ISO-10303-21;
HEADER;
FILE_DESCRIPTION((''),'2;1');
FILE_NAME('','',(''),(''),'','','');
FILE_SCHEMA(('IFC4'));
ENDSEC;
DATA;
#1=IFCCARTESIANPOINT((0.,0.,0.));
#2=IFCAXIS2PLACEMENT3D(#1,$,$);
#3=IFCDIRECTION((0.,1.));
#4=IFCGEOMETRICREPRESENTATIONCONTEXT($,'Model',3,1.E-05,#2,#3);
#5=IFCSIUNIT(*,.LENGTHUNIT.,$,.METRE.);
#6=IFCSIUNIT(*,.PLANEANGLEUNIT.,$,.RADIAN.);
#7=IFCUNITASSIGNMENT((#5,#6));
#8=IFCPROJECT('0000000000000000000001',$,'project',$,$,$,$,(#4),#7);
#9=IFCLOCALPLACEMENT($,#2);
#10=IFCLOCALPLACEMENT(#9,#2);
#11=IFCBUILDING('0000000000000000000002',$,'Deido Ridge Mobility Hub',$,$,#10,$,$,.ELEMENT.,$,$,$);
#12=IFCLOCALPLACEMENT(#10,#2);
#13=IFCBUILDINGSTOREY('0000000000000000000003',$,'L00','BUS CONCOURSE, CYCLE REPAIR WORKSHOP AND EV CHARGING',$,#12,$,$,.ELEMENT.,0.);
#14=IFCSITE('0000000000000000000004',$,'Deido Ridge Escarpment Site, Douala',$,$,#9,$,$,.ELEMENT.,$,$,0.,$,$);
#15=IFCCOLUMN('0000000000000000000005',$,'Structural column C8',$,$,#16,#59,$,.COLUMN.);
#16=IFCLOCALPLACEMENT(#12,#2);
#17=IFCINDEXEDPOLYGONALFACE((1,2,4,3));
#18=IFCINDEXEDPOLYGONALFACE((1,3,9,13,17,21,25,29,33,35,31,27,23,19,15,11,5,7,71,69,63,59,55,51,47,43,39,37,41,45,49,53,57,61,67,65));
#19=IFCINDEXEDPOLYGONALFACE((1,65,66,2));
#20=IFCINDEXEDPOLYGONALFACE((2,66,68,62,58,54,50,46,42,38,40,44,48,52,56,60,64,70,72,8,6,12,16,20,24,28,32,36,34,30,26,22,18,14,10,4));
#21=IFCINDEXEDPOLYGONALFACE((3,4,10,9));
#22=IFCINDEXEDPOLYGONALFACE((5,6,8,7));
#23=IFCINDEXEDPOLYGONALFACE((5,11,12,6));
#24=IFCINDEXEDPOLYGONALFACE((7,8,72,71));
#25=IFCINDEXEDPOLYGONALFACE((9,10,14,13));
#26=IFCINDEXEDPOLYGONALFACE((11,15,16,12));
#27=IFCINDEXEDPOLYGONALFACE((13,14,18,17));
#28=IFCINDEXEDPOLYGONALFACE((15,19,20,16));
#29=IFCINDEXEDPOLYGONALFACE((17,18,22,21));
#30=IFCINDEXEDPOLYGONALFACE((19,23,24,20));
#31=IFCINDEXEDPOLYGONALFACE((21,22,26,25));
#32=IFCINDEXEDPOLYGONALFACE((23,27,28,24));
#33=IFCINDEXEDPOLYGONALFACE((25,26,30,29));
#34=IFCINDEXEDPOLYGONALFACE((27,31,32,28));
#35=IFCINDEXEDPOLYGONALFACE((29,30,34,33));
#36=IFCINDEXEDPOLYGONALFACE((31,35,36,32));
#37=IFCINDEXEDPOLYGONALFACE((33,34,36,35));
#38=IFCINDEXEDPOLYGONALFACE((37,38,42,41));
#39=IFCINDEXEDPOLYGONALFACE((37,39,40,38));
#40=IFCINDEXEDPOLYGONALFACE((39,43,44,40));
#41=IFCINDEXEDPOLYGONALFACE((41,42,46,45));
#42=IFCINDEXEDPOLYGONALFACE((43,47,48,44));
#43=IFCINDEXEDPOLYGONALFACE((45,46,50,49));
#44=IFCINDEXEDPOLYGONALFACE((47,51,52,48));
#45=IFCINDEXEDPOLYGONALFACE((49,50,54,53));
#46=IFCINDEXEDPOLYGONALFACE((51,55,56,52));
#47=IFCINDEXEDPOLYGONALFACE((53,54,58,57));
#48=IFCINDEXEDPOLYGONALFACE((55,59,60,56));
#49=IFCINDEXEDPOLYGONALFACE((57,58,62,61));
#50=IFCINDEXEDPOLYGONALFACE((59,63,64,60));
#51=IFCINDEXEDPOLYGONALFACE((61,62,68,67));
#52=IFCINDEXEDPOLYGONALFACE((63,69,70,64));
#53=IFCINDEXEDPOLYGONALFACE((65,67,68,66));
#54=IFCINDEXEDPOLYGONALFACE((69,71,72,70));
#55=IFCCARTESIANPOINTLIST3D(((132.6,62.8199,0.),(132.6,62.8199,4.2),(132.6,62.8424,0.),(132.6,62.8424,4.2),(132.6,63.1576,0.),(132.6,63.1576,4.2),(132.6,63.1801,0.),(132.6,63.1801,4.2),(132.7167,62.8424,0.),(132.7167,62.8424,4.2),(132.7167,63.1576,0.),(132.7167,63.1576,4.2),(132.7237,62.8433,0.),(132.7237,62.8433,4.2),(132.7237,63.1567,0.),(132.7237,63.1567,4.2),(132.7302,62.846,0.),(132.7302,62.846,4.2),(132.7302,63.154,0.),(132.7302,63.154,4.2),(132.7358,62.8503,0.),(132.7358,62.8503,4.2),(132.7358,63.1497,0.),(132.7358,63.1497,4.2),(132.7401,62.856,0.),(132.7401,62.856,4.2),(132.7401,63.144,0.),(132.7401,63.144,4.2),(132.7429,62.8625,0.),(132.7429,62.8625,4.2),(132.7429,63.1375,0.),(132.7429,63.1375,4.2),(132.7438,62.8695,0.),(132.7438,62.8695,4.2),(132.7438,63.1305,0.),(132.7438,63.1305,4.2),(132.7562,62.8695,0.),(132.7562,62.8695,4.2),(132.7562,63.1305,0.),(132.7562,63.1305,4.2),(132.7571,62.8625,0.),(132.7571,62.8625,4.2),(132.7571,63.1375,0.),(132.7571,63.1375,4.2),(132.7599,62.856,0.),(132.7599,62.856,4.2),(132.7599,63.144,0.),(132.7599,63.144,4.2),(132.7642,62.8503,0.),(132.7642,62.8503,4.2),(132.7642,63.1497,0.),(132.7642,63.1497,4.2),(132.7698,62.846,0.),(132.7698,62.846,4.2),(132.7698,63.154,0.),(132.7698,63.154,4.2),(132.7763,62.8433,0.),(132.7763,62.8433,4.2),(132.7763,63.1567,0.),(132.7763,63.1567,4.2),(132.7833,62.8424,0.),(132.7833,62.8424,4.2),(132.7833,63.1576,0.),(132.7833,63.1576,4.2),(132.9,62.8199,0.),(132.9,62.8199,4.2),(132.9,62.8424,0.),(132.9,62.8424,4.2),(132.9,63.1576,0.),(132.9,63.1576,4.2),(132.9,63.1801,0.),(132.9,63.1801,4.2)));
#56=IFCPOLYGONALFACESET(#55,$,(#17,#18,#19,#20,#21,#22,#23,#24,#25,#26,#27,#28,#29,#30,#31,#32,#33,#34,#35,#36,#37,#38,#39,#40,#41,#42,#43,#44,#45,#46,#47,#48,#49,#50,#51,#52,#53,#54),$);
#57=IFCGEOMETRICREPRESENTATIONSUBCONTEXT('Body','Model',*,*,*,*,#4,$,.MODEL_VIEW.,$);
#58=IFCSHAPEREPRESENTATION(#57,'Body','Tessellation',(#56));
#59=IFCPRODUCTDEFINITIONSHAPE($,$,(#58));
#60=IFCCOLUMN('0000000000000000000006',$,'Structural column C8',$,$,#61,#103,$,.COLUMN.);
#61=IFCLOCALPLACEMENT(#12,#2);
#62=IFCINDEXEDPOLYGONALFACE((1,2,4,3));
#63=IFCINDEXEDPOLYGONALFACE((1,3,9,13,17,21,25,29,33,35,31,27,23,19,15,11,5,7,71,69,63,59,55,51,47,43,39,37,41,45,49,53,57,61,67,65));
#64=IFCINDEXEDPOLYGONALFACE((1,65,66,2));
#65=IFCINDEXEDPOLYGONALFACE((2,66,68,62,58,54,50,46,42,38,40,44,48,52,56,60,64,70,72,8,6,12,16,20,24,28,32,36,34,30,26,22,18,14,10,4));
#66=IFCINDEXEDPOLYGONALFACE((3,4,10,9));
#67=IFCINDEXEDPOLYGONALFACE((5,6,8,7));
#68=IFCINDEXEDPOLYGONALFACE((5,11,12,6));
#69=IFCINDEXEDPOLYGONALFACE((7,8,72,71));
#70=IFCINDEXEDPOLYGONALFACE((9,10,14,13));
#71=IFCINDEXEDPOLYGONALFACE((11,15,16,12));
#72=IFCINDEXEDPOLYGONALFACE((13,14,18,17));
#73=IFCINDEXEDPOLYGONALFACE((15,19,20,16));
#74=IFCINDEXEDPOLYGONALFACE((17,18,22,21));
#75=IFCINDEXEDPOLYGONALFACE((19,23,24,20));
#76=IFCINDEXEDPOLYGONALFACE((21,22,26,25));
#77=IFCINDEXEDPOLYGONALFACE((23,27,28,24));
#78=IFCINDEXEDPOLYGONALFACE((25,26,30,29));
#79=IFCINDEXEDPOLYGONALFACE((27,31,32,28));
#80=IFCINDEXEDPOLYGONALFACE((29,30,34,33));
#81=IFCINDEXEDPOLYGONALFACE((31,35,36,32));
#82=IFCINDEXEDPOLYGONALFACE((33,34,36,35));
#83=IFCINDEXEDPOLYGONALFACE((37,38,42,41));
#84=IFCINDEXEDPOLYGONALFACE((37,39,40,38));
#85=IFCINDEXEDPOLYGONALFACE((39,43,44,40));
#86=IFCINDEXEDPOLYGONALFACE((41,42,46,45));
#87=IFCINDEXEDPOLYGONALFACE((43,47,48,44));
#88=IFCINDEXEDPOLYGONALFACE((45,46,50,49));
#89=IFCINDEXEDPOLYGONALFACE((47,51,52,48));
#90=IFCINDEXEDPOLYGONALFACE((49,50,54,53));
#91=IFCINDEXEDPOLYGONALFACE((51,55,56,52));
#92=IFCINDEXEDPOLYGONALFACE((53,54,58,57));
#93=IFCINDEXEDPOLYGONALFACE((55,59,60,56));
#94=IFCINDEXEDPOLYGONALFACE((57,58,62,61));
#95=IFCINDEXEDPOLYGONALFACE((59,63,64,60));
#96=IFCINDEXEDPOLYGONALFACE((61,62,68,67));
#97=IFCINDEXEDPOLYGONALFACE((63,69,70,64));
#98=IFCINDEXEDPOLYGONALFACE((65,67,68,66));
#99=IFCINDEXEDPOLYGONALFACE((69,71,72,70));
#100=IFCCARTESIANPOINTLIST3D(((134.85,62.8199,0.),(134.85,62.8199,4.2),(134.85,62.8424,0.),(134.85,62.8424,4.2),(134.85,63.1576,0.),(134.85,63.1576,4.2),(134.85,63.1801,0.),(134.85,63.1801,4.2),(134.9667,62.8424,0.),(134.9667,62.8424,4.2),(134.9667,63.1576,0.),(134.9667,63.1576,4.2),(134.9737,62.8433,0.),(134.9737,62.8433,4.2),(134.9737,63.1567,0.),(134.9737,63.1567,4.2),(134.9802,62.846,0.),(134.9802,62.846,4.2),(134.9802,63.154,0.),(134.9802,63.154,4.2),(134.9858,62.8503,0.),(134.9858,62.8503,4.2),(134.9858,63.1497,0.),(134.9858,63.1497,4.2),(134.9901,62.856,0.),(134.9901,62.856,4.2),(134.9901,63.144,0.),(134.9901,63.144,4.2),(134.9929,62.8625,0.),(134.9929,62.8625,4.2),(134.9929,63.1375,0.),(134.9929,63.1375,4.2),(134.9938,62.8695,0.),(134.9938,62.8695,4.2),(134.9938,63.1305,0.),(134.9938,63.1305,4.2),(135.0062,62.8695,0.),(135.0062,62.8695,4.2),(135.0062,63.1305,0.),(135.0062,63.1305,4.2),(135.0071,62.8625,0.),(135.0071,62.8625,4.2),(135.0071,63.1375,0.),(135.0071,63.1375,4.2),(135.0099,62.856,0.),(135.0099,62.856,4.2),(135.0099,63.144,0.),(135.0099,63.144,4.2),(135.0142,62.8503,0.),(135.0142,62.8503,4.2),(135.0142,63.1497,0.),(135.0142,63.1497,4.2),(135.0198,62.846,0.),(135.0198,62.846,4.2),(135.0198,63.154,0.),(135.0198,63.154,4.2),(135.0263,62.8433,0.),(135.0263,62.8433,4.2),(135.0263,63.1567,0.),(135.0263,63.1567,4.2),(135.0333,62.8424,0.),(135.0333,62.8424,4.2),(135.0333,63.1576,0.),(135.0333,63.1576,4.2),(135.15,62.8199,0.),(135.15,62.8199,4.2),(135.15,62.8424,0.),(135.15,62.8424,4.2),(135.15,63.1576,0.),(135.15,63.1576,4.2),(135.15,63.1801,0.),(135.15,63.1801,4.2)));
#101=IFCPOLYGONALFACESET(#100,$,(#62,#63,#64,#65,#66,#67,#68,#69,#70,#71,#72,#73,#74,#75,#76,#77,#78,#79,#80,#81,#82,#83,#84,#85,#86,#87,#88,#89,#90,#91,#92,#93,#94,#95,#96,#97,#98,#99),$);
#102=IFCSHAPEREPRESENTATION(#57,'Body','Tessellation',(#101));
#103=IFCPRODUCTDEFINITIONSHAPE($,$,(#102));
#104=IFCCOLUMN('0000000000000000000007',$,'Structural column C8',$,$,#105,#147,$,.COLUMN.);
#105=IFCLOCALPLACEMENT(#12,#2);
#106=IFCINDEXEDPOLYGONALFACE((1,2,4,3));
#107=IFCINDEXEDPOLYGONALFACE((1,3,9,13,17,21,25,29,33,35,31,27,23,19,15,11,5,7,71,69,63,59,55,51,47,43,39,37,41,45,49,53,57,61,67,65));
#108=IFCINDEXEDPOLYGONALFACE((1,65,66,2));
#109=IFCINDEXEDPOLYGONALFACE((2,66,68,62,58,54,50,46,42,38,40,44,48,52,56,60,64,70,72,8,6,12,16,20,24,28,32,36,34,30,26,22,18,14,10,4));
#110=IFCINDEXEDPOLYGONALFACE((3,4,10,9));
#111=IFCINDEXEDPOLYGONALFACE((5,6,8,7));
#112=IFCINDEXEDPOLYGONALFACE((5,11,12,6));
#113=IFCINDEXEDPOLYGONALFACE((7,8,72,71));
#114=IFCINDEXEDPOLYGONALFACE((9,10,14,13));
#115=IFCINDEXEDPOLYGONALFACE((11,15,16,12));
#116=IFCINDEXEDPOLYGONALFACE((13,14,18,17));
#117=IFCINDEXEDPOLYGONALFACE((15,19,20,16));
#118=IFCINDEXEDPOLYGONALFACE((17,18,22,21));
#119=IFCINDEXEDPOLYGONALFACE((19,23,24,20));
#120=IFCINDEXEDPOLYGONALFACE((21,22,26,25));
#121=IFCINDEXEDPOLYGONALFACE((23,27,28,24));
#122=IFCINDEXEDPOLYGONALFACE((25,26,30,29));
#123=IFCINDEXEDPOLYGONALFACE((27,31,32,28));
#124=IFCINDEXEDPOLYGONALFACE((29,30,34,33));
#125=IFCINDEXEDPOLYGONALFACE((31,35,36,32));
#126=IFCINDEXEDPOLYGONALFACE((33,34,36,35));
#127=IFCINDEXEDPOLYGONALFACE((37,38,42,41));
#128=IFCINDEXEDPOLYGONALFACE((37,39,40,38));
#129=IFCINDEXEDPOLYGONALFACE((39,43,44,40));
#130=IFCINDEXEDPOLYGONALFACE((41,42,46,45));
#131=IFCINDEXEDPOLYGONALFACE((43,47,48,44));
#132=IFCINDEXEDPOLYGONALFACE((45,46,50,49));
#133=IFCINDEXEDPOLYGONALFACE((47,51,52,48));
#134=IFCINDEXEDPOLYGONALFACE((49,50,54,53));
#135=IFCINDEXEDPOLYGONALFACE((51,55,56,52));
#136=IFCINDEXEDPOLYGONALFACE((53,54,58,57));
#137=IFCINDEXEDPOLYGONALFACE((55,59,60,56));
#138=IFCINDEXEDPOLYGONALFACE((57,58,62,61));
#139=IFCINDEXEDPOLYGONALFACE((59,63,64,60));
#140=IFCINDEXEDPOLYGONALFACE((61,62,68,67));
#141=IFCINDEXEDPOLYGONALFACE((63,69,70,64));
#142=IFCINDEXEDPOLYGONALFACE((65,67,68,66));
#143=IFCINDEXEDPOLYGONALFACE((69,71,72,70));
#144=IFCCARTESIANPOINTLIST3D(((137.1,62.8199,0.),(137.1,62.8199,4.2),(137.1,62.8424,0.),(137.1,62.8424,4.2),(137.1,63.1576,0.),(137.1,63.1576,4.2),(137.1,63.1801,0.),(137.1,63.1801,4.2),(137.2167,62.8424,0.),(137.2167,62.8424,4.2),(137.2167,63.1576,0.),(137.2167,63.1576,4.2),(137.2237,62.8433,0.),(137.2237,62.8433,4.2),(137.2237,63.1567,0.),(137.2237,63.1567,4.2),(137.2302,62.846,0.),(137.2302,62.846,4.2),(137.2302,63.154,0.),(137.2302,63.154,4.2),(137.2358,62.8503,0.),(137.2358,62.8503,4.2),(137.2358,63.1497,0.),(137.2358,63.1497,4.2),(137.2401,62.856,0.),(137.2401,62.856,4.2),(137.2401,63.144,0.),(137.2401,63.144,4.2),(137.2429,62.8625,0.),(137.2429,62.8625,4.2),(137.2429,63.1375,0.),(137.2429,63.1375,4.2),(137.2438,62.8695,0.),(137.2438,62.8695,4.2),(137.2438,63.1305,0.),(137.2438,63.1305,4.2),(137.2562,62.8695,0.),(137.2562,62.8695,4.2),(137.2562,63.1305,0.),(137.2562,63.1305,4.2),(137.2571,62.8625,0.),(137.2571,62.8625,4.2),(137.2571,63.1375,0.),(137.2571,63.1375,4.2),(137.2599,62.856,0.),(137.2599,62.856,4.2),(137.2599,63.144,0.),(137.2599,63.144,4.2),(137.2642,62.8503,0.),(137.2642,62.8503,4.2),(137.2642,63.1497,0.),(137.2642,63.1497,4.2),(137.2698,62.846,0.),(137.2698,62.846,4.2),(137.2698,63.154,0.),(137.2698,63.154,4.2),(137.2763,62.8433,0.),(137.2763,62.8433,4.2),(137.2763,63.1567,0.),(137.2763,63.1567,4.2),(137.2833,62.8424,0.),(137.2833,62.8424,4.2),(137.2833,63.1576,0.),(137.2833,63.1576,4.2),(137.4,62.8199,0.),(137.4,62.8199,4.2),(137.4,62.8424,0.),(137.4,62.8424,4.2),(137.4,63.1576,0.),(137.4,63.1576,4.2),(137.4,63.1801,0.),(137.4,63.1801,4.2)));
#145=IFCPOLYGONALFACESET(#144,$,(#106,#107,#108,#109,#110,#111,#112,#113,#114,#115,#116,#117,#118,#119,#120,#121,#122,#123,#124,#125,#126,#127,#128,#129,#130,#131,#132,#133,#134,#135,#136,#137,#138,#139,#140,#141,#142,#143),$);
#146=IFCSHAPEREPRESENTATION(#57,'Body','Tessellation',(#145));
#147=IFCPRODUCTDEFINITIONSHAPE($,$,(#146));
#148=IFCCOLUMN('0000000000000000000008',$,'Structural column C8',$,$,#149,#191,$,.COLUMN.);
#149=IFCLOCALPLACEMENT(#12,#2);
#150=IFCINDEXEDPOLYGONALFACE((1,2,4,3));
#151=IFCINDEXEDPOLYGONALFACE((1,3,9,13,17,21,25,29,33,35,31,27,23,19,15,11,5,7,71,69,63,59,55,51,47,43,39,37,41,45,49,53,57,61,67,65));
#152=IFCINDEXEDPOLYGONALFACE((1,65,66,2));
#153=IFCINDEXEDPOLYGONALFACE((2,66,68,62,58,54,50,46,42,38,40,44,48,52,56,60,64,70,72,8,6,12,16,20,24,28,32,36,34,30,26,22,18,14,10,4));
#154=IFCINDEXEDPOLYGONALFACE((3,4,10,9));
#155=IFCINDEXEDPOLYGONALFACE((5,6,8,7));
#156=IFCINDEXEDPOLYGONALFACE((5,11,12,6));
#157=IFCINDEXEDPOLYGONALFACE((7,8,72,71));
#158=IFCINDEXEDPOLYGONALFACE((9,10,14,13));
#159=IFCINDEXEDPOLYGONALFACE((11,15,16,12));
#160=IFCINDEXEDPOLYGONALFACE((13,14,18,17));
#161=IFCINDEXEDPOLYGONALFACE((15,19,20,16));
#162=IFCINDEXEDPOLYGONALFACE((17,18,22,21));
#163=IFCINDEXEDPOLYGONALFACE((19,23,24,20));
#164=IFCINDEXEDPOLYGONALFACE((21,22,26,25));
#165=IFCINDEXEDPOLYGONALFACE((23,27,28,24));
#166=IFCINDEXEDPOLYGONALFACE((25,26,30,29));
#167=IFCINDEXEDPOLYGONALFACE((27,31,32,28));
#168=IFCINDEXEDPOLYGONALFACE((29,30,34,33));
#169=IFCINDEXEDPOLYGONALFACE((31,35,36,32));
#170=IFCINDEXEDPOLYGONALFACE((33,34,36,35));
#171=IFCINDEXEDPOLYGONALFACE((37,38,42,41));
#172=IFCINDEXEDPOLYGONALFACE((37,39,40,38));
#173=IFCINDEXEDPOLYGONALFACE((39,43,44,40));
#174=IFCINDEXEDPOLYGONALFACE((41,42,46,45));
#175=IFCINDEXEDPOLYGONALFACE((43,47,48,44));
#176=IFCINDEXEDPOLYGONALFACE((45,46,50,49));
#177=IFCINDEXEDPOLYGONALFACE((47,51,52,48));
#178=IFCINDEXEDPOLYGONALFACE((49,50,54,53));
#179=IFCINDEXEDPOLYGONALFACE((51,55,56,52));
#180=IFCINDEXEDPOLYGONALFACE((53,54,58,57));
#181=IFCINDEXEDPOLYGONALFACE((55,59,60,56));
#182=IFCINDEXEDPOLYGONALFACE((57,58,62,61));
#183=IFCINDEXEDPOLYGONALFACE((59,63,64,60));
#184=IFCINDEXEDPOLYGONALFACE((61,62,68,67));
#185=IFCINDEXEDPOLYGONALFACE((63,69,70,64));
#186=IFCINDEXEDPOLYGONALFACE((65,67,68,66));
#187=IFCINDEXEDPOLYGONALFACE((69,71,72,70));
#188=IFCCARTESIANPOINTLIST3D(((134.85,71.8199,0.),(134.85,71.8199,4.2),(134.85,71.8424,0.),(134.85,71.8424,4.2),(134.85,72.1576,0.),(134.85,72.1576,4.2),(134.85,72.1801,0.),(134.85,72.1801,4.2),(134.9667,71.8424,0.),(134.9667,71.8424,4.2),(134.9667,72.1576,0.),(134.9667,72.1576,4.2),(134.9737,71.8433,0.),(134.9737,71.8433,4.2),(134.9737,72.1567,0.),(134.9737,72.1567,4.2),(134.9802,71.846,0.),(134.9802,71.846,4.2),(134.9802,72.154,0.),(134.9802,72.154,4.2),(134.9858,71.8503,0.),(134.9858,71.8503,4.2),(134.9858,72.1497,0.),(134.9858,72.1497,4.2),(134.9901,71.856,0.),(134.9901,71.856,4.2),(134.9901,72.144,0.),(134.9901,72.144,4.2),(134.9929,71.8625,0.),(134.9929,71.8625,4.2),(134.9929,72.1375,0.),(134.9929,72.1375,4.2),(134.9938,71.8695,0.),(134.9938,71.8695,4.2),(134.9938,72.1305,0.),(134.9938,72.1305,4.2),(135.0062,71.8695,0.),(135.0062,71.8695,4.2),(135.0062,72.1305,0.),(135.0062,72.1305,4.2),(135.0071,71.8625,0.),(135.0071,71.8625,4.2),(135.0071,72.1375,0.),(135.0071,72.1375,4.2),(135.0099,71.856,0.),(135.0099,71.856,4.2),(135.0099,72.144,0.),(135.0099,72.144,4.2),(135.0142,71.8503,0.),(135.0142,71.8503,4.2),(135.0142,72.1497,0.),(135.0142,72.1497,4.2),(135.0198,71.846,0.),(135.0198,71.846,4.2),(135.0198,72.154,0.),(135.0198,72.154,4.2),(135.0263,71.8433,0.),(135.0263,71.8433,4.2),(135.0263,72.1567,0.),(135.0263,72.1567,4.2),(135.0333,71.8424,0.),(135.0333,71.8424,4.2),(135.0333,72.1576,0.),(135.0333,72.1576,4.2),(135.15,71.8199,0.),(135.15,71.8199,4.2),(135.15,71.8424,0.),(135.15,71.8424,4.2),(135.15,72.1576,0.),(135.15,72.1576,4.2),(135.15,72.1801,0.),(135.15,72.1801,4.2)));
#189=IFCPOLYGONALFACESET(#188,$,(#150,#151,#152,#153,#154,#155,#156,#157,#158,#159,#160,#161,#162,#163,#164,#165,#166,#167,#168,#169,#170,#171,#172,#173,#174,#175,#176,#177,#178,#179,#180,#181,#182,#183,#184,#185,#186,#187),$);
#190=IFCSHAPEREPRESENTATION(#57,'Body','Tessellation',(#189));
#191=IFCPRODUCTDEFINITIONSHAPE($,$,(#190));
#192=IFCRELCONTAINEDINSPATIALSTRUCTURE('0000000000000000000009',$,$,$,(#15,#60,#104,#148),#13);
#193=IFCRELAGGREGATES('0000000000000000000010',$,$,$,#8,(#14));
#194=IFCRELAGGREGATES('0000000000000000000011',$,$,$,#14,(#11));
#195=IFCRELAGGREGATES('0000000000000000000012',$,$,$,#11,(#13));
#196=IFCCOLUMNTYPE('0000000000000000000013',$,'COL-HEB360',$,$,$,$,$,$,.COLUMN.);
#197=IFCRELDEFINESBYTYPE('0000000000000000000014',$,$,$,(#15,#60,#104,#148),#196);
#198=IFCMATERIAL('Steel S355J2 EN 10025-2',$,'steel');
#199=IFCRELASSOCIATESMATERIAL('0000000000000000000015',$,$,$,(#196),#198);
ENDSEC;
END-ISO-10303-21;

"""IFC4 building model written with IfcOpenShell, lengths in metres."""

from ifc_helpers import new_model, si_unit, direction, frame, origin, origin_2d, place, context, subcontext, project, spatial, i_section, extrude, material, material_profile, profile_set, type_object, element, save


model = new_model("IFC4")

# Units and contexts
model_context = context("Model", 3, precision=1e-05, world=origin(), true_north=direction((0.0, 1.0)))
body_context = subcontext(model_context, "Body", "Model", "MODEL_VIEW")
ifc_project = project(units=[si_unit("LENGTHUNIT", "METRE"), si_unit("PLANEANGLEUNIT", "RADIAN")], contexts=[model_context])

# Site, building, storey
site_placement = place(None, origin())
site = spatial("IfcSite", under=ifc_project, at=site_placement, Name="Deido Ridge Escarpment Site, Douala", CompositionType="ELEMENT", RefElevation=0.0)
building_placement = place(site_placement, origin())
building = spatial("IfcBuilding", under=site, at=building_placement, Name="Deido Ridge Mobility Hub", CompositionType="ELEMENT")
storey_placement = place(building_placement, origin())
storey = spatial("IfcBuildingStorey", under=building, at=storey_placement, Name="L00", Description="BUS CONCOURSE, CYCLE REPAIR WORKSHOP AND EV CHARGING", CompositionType="ELEMENT", Elevation=0.0)

# Columns
ifc_material_1 = material(Name="Steel S355J2 EN 10025-2", Category="steel")
ifc_material_profile_1 = material_profile(ifc_material_1, i_section(OverallWidth=0.3, OverallDepth=0.3601, WebThickness=0.0125, FlangeThickness=0.0225, FilletRadius=0.0271, at=origin_2d()), Name="HEB 360")
ifc_profile_set_1 = profile_set([ifc_material_profile_1], Name="Steel S355J2 EN 10025-2")
column_type = type_object("IfcColumnType", Name="COL-HEB360", PredefinedType="COLUMN", material=ifc_profile_set_1)
for number, where, z_axis, x_axis, name in (
    (1, (132.75, 63.0, 0.0), (0.0, 0.0, 1.0), (1.0, 0.0, 0.0), "Structural column C8"),
    (2, (135.0, 63.0, 0.0), (0.0, 0.0, 1.0), (1.0, 0.0, 0.0), "Structural column C8"),
    (3, (137.25, 63.0, 0.0), (0.0, 0.0, 1.0), (1.0, 0.0, 0.0), "Structural column C8"),
    (4, (135.0, 72.0, 0.0), (0.0, 0.0, 1.0), (1.0, 0.0, 0.0), "Structural column C8"),
):
    element("IfcColumn", number, at=place(storey_placement, frame(where, z_axis=z_axis, x_axis=x_axis)), inside=storey, type_object=column_type, Name=name, PredefinedType="COLUMN", context=body_context, shape_type="SweptSolid", body=[
        extrude(i_section(OverallWidth=0.3, OverallDepth=0.3601, WebThickness=0.0125, FlangeThickness=0.0225, FilletRadius=0.0271, at=origin_2d()), origin(), (0.0, 0.0, 1.0), 4.2),
    ])

save(model, "model.ifc")
